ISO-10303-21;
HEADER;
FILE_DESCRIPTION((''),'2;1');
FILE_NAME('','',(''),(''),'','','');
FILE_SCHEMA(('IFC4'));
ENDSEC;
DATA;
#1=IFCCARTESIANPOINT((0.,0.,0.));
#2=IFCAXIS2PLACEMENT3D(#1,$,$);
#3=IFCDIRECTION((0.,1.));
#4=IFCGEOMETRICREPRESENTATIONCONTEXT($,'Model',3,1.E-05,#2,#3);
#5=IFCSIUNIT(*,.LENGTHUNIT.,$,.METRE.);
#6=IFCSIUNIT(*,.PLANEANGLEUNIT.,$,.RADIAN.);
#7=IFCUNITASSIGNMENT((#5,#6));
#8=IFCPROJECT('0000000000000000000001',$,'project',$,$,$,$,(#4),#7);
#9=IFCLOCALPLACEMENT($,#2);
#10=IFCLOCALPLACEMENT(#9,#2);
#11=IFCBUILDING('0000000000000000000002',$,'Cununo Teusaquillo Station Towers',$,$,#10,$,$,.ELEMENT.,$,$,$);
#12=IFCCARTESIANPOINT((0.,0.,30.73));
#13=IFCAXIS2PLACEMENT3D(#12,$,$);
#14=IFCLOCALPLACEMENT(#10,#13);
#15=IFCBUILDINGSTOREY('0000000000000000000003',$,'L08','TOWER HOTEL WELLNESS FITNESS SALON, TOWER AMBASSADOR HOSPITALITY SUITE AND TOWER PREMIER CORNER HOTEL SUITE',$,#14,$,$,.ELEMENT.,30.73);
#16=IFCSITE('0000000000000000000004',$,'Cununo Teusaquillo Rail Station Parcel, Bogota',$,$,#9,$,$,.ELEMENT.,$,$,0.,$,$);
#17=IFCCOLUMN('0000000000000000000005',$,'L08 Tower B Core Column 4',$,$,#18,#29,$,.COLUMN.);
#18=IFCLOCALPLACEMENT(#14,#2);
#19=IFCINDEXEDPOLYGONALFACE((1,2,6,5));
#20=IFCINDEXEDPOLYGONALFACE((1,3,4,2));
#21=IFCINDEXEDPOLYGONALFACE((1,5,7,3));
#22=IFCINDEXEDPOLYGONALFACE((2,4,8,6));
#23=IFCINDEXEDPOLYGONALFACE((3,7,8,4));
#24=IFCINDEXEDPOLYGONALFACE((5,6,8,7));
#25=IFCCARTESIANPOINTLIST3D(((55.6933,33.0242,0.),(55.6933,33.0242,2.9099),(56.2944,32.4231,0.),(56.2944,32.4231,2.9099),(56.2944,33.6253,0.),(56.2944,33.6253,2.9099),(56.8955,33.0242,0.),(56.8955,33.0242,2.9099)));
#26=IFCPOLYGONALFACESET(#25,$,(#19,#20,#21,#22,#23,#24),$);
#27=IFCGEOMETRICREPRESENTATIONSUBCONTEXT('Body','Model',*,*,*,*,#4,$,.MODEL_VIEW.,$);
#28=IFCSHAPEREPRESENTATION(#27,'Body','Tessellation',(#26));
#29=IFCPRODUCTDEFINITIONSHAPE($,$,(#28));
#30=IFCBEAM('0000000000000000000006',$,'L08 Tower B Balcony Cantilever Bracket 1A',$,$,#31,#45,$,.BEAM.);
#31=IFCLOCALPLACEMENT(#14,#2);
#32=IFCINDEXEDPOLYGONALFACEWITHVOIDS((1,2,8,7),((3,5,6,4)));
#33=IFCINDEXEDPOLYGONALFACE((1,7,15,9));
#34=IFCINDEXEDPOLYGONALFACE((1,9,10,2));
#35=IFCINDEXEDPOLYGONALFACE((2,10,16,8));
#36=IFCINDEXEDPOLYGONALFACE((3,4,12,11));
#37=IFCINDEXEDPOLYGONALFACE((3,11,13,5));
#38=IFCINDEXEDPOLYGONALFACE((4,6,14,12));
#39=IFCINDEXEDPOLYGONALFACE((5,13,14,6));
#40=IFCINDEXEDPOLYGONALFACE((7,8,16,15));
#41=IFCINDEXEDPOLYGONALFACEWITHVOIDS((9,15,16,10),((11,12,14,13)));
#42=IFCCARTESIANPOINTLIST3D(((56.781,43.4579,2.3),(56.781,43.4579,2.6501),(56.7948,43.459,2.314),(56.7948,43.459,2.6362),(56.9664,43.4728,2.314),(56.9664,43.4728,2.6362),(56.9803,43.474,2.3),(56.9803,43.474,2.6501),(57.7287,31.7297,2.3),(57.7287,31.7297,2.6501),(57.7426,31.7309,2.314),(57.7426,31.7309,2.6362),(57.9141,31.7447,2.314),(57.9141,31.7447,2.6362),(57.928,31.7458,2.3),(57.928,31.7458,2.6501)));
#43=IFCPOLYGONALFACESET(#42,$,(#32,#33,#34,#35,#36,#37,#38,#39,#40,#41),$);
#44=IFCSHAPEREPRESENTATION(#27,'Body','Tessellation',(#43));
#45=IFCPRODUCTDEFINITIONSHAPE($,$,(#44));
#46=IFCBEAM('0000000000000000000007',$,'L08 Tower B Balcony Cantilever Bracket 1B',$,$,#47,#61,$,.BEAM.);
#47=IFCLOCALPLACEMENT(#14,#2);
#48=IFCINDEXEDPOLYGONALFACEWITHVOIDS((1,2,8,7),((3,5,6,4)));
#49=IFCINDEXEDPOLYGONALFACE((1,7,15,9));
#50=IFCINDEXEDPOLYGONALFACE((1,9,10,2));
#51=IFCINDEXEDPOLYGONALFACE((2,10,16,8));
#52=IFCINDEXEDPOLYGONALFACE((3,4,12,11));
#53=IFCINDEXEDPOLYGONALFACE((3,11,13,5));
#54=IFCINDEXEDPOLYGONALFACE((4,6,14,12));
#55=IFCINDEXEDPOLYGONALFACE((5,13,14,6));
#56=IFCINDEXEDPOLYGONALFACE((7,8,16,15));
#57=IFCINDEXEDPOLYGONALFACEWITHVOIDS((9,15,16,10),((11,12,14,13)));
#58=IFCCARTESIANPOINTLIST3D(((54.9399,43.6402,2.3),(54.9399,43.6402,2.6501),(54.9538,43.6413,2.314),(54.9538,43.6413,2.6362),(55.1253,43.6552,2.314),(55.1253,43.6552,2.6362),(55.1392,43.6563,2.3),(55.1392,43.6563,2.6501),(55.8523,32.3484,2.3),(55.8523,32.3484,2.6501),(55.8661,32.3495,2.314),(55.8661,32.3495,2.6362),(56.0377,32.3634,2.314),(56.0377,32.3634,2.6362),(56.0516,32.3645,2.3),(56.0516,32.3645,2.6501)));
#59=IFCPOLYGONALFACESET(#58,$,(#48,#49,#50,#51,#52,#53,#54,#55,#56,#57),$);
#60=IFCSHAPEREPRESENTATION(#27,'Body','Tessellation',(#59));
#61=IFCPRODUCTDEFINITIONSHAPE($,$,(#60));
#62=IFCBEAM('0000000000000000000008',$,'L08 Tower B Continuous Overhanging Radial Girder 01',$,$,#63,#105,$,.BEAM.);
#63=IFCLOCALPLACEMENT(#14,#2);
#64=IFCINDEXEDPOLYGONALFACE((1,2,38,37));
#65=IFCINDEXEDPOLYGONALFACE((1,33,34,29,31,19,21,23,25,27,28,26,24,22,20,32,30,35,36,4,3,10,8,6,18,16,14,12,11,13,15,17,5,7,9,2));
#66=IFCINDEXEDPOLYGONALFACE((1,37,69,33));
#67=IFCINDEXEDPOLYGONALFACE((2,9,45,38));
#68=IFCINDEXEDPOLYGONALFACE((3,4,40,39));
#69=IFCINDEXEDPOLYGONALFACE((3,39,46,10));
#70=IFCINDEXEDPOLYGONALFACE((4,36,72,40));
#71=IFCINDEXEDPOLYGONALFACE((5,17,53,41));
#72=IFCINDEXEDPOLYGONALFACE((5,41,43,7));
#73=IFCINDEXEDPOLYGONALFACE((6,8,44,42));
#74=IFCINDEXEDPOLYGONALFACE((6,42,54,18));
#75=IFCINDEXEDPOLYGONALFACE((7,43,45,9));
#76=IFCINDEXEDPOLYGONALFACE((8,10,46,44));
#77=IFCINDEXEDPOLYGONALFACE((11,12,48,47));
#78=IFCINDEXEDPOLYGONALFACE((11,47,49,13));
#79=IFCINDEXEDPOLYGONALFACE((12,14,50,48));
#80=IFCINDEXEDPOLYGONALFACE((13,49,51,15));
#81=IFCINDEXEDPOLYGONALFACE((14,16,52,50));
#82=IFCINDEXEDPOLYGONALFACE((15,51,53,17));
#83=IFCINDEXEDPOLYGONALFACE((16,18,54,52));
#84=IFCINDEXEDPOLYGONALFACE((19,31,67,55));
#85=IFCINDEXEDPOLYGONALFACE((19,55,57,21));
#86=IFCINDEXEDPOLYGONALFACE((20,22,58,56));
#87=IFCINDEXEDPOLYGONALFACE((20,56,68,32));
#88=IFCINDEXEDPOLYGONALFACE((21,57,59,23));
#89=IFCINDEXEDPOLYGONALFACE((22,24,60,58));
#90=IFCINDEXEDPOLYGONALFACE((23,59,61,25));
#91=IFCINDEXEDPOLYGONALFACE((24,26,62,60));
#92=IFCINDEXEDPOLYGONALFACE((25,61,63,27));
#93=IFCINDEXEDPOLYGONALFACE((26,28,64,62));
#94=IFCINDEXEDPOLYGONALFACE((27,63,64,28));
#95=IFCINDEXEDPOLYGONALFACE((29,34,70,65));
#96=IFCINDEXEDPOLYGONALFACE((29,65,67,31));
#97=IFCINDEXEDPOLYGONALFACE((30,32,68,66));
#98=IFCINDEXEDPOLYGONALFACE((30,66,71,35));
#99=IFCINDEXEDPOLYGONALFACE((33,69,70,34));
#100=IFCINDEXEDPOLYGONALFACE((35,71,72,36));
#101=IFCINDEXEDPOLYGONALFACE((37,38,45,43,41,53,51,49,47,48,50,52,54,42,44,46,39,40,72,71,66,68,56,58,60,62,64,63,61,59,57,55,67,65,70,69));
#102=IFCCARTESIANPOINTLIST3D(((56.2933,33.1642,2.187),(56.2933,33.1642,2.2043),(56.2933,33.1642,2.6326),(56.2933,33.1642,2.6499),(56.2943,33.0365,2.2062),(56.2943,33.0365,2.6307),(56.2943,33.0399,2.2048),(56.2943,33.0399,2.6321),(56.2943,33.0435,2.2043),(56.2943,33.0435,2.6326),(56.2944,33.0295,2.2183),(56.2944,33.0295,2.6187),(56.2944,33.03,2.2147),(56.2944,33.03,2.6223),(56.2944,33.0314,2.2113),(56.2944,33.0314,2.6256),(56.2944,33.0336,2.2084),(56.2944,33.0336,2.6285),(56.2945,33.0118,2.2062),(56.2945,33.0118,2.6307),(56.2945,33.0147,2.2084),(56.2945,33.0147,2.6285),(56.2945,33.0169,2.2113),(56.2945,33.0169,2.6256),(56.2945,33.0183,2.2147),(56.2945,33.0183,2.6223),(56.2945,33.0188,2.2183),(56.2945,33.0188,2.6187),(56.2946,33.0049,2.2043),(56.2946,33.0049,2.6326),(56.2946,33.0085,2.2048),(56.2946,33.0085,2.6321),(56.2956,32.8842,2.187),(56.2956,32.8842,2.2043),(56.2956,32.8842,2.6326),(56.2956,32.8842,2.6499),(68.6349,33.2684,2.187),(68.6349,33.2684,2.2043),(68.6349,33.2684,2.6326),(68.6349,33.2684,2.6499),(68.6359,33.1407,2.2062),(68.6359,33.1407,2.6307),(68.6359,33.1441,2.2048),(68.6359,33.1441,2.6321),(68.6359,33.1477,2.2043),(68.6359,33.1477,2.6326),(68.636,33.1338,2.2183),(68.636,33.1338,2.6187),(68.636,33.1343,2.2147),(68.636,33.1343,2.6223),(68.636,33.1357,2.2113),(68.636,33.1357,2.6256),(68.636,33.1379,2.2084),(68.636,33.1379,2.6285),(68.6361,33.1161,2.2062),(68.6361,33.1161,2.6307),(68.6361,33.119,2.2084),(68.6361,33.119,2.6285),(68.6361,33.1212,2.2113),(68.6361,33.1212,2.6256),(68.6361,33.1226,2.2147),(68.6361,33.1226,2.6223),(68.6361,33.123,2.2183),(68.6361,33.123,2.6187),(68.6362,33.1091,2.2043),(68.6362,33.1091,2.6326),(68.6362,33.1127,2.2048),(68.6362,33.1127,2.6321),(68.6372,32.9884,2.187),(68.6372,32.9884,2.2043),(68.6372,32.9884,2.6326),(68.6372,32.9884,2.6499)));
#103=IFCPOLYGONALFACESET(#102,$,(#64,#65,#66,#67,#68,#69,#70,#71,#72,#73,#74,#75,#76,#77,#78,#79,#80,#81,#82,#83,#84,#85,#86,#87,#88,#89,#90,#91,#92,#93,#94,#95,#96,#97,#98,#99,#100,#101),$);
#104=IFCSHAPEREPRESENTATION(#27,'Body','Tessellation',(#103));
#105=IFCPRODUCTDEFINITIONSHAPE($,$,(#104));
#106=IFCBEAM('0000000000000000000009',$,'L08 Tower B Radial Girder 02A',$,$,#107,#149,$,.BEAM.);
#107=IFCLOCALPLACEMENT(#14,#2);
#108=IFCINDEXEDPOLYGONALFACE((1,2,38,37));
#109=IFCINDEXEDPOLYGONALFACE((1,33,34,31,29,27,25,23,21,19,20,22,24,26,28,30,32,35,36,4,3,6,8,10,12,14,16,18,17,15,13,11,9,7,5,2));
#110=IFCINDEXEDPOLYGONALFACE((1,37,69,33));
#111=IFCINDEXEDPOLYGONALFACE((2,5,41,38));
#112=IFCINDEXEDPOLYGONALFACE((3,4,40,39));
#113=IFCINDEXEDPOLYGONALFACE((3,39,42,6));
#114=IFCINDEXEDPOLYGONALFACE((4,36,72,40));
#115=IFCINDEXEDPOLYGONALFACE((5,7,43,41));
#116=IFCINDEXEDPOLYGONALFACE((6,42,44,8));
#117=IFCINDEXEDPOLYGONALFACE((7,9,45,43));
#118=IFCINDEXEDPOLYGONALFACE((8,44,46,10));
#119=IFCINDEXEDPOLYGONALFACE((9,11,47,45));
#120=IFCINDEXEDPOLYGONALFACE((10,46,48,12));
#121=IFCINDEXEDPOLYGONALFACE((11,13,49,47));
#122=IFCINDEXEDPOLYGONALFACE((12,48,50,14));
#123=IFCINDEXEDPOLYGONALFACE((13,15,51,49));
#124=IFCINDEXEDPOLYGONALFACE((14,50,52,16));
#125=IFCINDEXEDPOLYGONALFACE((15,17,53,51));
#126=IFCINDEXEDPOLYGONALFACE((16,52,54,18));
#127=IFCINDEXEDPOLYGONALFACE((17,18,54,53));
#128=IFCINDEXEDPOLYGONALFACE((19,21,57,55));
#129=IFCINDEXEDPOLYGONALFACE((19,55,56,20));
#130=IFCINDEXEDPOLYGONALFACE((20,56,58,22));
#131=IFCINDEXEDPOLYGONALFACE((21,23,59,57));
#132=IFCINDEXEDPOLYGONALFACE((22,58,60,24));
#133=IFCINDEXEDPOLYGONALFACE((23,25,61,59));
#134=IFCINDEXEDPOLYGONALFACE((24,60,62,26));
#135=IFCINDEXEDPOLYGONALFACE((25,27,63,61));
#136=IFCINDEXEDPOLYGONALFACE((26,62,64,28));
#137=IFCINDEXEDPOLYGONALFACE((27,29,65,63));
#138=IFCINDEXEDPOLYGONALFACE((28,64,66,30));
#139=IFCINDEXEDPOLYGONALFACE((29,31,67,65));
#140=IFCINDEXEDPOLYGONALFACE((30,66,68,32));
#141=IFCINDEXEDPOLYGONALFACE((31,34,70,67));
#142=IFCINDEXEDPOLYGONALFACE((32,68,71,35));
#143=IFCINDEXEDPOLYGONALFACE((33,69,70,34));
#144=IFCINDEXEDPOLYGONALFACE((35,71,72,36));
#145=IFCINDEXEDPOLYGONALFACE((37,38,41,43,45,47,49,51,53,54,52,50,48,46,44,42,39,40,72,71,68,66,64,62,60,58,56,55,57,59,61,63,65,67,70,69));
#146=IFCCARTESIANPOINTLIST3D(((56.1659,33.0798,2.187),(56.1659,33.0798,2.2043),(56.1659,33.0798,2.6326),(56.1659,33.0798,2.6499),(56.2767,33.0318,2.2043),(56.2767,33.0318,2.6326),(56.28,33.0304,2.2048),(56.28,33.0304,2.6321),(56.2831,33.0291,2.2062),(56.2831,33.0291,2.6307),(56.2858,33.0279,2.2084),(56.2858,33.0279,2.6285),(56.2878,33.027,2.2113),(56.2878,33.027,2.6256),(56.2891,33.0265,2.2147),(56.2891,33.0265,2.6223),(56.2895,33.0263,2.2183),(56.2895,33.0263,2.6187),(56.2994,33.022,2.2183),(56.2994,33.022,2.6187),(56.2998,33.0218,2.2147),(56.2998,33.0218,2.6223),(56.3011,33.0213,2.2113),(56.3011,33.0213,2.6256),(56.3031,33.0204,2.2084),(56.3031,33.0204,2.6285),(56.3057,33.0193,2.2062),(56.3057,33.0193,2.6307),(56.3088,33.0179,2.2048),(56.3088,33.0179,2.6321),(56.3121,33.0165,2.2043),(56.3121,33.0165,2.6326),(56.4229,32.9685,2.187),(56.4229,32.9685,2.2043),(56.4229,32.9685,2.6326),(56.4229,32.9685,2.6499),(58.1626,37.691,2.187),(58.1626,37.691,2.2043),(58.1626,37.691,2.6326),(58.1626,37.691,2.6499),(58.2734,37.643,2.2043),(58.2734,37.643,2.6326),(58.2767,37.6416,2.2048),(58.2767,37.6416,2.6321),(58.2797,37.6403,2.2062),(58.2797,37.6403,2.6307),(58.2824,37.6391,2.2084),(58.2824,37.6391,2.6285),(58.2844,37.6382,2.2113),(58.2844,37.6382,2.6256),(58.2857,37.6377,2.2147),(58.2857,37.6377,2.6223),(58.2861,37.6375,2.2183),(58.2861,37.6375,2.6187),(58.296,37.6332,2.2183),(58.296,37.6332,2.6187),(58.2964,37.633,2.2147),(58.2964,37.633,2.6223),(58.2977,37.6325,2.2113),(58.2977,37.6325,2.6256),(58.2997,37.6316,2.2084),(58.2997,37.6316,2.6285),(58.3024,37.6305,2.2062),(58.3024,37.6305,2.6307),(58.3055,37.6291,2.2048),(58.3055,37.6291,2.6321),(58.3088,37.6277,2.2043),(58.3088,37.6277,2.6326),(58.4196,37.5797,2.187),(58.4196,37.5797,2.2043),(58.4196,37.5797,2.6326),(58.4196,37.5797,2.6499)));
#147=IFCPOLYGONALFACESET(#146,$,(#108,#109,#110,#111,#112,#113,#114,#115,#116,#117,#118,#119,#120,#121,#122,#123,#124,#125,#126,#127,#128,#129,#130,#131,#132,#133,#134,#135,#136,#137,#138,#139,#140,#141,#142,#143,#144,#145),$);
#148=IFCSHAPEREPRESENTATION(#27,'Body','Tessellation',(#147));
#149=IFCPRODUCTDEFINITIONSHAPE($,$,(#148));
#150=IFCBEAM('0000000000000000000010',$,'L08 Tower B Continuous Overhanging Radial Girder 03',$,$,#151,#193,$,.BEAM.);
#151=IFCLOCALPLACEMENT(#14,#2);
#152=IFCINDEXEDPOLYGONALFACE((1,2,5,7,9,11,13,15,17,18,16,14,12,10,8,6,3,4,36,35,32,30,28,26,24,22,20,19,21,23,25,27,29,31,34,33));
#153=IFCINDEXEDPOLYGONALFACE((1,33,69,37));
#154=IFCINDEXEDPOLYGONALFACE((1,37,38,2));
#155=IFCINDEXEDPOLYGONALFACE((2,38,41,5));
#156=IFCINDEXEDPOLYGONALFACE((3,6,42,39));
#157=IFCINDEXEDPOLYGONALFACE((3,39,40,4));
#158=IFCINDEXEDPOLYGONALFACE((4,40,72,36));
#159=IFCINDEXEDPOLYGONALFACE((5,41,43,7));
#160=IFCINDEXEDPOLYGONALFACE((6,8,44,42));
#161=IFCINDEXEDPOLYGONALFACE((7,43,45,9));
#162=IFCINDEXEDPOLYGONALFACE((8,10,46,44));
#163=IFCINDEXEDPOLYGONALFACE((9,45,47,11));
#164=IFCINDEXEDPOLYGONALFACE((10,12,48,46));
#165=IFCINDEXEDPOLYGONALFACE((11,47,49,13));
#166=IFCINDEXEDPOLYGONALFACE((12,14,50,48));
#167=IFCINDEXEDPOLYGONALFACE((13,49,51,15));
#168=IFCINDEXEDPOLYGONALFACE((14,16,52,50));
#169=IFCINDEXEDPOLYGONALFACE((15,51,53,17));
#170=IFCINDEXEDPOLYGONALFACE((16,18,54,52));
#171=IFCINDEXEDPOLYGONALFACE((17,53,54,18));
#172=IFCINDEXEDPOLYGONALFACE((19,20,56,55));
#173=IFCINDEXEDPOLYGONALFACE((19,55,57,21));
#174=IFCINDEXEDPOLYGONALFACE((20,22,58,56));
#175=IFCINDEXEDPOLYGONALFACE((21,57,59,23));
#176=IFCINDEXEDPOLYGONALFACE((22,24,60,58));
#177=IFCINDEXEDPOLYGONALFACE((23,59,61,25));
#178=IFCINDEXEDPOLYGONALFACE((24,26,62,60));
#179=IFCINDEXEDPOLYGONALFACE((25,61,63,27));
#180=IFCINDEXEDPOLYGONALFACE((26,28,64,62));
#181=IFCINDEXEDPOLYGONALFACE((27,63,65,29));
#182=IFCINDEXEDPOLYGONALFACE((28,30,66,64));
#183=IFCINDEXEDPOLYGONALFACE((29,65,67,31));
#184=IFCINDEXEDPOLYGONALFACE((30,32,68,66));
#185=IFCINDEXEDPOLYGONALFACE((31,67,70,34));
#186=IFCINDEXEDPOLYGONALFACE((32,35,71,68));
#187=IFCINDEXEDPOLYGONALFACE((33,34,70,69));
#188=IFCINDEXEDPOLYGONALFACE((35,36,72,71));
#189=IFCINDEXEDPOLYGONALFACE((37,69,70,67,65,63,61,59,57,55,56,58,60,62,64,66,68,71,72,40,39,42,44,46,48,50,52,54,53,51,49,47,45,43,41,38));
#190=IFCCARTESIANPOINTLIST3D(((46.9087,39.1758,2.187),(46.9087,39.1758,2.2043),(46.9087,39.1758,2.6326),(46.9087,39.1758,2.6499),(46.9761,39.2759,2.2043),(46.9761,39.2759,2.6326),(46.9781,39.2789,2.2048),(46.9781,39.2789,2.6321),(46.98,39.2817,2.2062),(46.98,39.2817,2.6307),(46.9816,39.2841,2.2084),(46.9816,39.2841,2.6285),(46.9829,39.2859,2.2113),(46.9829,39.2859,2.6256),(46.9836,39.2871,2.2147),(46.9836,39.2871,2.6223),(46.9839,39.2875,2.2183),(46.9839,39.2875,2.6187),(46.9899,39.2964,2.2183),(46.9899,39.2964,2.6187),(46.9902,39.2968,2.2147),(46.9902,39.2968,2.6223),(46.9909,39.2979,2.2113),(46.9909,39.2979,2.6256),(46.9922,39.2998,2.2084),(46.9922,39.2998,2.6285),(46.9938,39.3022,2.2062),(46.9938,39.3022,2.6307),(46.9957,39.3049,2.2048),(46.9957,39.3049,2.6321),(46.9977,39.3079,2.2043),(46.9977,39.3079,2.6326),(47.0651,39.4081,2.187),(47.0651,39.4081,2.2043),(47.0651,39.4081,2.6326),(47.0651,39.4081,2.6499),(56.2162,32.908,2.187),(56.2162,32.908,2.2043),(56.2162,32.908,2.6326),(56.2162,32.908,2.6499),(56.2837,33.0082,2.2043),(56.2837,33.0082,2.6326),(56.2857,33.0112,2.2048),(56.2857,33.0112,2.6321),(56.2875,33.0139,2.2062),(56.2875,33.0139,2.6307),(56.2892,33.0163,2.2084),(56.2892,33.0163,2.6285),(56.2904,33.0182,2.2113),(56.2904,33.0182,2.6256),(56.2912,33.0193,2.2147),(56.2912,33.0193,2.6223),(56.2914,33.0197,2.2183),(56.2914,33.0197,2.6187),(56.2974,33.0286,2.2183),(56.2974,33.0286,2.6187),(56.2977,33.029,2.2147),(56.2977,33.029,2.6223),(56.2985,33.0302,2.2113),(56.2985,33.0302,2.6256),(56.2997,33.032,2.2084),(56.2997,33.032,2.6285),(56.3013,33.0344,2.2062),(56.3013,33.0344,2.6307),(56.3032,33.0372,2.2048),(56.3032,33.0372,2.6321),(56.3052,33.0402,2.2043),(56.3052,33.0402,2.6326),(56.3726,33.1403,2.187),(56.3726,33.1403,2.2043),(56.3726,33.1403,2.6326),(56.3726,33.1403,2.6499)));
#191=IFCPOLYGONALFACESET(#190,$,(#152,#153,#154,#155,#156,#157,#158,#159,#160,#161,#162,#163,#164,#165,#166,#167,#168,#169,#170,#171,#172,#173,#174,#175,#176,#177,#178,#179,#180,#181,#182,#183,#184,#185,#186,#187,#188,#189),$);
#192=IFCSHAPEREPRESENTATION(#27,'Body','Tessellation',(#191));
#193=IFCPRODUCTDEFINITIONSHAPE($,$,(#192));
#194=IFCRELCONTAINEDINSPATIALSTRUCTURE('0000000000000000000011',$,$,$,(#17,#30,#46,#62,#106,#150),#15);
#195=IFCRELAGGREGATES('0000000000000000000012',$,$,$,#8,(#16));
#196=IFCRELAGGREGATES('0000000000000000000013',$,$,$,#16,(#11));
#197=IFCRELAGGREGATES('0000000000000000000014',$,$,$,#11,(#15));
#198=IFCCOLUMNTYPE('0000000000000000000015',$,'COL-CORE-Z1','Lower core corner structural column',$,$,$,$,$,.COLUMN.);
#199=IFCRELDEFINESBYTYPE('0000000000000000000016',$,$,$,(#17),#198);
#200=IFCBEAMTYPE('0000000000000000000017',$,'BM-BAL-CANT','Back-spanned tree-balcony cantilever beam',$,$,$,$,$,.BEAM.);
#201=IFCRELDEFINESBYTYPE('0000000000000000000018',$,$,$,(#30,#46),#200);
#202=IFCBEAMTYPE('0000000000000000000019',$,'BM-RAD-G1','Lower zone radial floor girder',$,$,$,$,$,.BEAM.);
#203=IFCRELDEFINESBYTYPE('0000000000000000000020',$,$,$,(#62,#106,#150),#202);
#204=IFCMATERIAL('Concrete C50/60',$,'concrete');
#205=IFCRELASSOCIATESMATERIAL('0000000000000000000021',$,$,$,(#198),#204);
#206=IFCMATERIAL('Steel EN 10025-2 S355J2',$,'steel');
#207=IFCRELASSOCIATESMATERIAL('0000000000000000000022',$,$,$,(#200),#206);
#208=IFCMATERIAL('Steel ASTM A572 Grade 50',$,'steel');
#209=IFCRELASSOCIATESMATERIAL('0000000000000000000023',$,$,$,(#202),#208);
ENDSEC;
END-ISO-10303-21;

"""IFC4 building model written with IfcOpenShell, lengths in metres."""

from ifc_helpers import new_model, si_unit, direction, frame, origin, origin_2d, place, context, subcontext, project, spatial, rectangle, hollow_rectangle, i_section, extrude, material, material_profile, profile_set, type_object, element, save


model = new_model("IFC4")

# Units and contexts
model_context = context("Model", 3, precision=1e-05, world=origin(), true_north=direction((0.0, 1.0)))
body_context = subcontext(model_context, "Body", "Model", "MODEL_VIEW")
ifc_project = project(units=[si_unit("LENGTHUNIT", "METRE"), si_unit("PLANEANGLEUNIT", "RADIAN")], contexts=[model_context])

# Site, building, storey
site_placement = place(None, origin())
site = spatial("IfcSite", under=ifc_project, at=site_placement, Name="Cununo Teusaquillo Rail Station Parcel, Bogota", CompositionType="ELEMENT", RefElevation=0.0)
building_placement = place(site_placement, origin())
building = spatial("IfcBuilding", under=site, at=building_placement, Name="Cununo Teusaquillo Station Towers", CompositionType="ELEMENT")
storey_placement = place(building_placement, frame((0.0, 0.0, 30.73)))
storey = spatial("IfcBuildingStorey", under=building, at=storey_placement, Name="L08", Description="TOWER HOTEL WELLNESS FITNESS SALON, TOWER AMBASSADOR HOSPITALITY SUITE AND TOWER PREMIER CORNER HOTEL SUITE", CompositionType="ELEMENT", Elevation=30.73)

# Column
ifc_material_1 = material(Name="Concrete C50/60", Category="concrete")
ifc_material_profile_1 = material_profile(ifc_material_1, rectangle(XDim=0.8501, YDim=0.8501, at=origin_2d()), Name="RC-RECT-850x850")
ifc_profile_set_1 = profile_set([ifc_material_profile_1], Name="Concrete C50/60")
column_type = type_object("IfcColumnType", Name="COL-CORE-Z1", Description="Lower core corner structural column", PredefinedType="COLUMN", material=ifc_profile_set_1)
column_placement = place(storey_placement, frame((56.2944, 33.0242, 0.0), z_axis=(0.0, 0.0, 1.0), x_axis=(0.707107, 0.707107, 0.0)))
element("IfcColumn", 1, at=column_placement, inside=storey, type_object=column_type, Name="L08 Tower B Core Column 4", PredefinedType="COLUMN", context=body_context, shape_type="SweptSolid", body=[
    extrude(rectangle(XDim=0.8501, YDim=0.8501, at=origin_2d()), origin(), (0.0, 0.0, 1.0), 2.9099),
])

# Beams
ifc_material_2 = material(Name="Steel EN 10025-2 S355J2", Category="steel")
ifc_material_profile_2 = material_profile(ifc_material_2, hollow_rectangle(XDim=0.2, YDim=0.3501, WallThickness=0.0139, at=origin_2d()), Name="RHS 350x200x14")
ifc_profile_set_2 = profile_set([ifc_material_profile_2], Name="Steel EN 10025-2 S355J2")
beam_type_1 = type_object("IfcBeamType", Name="BM-BAL-CANT", Description="Back-spanned tree-balcony cantilever beam", PredefinedType="BEAM", material=ifc_profile_set_2)
beam_1_placement = place(storey_placement, frame((57.8284, 31.7378, 2.4751), z_axis=(-0.080548, 0.996751, 0.0), x_axis=(-0.996751, -0.080548, 0.0)))
element("IfcBeam", 2, at=beam_1_placement, inside=storey, type_object=beam_type_1, Name="L08 Tower B Balcony Cantilever Bracket 1A", PredefinedType="BEAM", context=body_context, shape_type="SweptSolid", body=[
    extrude(hollow_rectangle(XDim=0.2, YDim=0.3501, WallThickness=0.0139, at=origin_2d()), origin(), (0.0, 0.0, 1.0), 11.7664),
])
beam_2_placement = place(storey_placement, frame((55.9519, 32.3564, 2.4751), z_axis=(-0.080536, 0.996752, 0.0), x_axis=(-0.996752, -0.080536, 0.0)))
element("IfcBeam", 3, at=beam_2_placement, inside=storey, type_object=beam_type_1, Name="L08 Tower B Balcony Cantilever Bracket 1B", PredefinedType="BEAM", context=body_context, shape_type="SweptSolid", body=[
    extrude(hollow_rectangle(XDim=0.2, YDim=0.3501, WallThickness=0.0139, at=origin_2d()), origin(), (0.0, 0.0, 1.0), 11.3286),
])
ifc_material_3 = material(Name="Steel ASTM A572 Grade 50", Category="steel")
ifc_material_profile_3 = material_profile(ifc_material_3, i_section(OverallWidth=0.28, OverallDepth=0.4629, WebThickness=0.0107, FlangeThickness=0.0173, FilletRadius=0.0139, at=origin_2d()), Name="W18X76")
ifc_profile_set_3 = profile_set([ifc_material_profile_3], Name="Steel ASTM A572 Grade 50")
beam_type_2 = type_object("IfcBeamType", Name="BM-RAD-G1", Description="Lower zone radial floor girder", PredefinedType="BEAM", material=ifc_profile_set_3)
beam_3_placement = place(storey_placement, frame((56.2944, 33.0242, 2.4185), z_axis=(0.999964, 0.008447, 0.0), x_axis=(-0.008447, 0.999964, 0.0)))
element("IfcBeam", 4, at=beam_3_placement, inside=storey, type_object=beam_type_2, Name="L08 Tower B Continuous Overhanging Radial Girder 01", PredefinedType="BEAM", context=body_context, shape_type="SweptSolid", body=[
    extrude(i_section(OverallWidth=0.28, OverallDepth=0.4629, WebThickness=0.0107, FlangeThickness=0.0173, FilletRadius=0.0139, at=origin_2d()), origin(), (0.0, 0.0, 1.0), 12.342),
])
beam_4_placement = place(storey_placement, frame((56.2944, 33.0242, 2.4185), z_axis=(0.397347, 0.917668, 0.0), x_axis=(-0.917668, 0.397347, 0.0)))
element("IfcBeam", 5, at=beam_4_placement, inside=storey, type_object=beam_type_2, Name="L08 Tower B Radial Girder 02A", PredefinedType="BEAM", context=body_context, shape_type="SweptSolid", body=[
    extrude(i_section(OverallWidth=0.28, OverallDepth=0.4629, WebThickness=0.0107, FlangeThickness=0.0173, FilletRadius=0.0139, at=origin_2d()), origin(), (0.0, 0.0, 1.0), 5.0249),
])
beam_5_placement = place(storey_placement, frame((56.2944, 33.0242, 2.4185), z_axis=(-0.829461, 0.558565, 0.0), x_axis=(-0.558565, -0.829461, 0.0)))
element("IfcBeam", 6, at=beam_5_placement, inside=storey, type_object=beam_type_2, Name="L08 Tower B Continuous Overhanging Radial Girder 03", PredefinedType="BEAM", context=body_context, shape_type="SweptSolid", body=[
    extrude(i_section(OverallWidth=0.28, OverallDepth=0.4629, WebThickness=0.0107, FlangeThickness=0.0173, FilletRadius=0.0139, at=origin_2d()), origin(), (0.0, 0.0, 1.0), 11.2212),
])

save(model, "model.ifc")
